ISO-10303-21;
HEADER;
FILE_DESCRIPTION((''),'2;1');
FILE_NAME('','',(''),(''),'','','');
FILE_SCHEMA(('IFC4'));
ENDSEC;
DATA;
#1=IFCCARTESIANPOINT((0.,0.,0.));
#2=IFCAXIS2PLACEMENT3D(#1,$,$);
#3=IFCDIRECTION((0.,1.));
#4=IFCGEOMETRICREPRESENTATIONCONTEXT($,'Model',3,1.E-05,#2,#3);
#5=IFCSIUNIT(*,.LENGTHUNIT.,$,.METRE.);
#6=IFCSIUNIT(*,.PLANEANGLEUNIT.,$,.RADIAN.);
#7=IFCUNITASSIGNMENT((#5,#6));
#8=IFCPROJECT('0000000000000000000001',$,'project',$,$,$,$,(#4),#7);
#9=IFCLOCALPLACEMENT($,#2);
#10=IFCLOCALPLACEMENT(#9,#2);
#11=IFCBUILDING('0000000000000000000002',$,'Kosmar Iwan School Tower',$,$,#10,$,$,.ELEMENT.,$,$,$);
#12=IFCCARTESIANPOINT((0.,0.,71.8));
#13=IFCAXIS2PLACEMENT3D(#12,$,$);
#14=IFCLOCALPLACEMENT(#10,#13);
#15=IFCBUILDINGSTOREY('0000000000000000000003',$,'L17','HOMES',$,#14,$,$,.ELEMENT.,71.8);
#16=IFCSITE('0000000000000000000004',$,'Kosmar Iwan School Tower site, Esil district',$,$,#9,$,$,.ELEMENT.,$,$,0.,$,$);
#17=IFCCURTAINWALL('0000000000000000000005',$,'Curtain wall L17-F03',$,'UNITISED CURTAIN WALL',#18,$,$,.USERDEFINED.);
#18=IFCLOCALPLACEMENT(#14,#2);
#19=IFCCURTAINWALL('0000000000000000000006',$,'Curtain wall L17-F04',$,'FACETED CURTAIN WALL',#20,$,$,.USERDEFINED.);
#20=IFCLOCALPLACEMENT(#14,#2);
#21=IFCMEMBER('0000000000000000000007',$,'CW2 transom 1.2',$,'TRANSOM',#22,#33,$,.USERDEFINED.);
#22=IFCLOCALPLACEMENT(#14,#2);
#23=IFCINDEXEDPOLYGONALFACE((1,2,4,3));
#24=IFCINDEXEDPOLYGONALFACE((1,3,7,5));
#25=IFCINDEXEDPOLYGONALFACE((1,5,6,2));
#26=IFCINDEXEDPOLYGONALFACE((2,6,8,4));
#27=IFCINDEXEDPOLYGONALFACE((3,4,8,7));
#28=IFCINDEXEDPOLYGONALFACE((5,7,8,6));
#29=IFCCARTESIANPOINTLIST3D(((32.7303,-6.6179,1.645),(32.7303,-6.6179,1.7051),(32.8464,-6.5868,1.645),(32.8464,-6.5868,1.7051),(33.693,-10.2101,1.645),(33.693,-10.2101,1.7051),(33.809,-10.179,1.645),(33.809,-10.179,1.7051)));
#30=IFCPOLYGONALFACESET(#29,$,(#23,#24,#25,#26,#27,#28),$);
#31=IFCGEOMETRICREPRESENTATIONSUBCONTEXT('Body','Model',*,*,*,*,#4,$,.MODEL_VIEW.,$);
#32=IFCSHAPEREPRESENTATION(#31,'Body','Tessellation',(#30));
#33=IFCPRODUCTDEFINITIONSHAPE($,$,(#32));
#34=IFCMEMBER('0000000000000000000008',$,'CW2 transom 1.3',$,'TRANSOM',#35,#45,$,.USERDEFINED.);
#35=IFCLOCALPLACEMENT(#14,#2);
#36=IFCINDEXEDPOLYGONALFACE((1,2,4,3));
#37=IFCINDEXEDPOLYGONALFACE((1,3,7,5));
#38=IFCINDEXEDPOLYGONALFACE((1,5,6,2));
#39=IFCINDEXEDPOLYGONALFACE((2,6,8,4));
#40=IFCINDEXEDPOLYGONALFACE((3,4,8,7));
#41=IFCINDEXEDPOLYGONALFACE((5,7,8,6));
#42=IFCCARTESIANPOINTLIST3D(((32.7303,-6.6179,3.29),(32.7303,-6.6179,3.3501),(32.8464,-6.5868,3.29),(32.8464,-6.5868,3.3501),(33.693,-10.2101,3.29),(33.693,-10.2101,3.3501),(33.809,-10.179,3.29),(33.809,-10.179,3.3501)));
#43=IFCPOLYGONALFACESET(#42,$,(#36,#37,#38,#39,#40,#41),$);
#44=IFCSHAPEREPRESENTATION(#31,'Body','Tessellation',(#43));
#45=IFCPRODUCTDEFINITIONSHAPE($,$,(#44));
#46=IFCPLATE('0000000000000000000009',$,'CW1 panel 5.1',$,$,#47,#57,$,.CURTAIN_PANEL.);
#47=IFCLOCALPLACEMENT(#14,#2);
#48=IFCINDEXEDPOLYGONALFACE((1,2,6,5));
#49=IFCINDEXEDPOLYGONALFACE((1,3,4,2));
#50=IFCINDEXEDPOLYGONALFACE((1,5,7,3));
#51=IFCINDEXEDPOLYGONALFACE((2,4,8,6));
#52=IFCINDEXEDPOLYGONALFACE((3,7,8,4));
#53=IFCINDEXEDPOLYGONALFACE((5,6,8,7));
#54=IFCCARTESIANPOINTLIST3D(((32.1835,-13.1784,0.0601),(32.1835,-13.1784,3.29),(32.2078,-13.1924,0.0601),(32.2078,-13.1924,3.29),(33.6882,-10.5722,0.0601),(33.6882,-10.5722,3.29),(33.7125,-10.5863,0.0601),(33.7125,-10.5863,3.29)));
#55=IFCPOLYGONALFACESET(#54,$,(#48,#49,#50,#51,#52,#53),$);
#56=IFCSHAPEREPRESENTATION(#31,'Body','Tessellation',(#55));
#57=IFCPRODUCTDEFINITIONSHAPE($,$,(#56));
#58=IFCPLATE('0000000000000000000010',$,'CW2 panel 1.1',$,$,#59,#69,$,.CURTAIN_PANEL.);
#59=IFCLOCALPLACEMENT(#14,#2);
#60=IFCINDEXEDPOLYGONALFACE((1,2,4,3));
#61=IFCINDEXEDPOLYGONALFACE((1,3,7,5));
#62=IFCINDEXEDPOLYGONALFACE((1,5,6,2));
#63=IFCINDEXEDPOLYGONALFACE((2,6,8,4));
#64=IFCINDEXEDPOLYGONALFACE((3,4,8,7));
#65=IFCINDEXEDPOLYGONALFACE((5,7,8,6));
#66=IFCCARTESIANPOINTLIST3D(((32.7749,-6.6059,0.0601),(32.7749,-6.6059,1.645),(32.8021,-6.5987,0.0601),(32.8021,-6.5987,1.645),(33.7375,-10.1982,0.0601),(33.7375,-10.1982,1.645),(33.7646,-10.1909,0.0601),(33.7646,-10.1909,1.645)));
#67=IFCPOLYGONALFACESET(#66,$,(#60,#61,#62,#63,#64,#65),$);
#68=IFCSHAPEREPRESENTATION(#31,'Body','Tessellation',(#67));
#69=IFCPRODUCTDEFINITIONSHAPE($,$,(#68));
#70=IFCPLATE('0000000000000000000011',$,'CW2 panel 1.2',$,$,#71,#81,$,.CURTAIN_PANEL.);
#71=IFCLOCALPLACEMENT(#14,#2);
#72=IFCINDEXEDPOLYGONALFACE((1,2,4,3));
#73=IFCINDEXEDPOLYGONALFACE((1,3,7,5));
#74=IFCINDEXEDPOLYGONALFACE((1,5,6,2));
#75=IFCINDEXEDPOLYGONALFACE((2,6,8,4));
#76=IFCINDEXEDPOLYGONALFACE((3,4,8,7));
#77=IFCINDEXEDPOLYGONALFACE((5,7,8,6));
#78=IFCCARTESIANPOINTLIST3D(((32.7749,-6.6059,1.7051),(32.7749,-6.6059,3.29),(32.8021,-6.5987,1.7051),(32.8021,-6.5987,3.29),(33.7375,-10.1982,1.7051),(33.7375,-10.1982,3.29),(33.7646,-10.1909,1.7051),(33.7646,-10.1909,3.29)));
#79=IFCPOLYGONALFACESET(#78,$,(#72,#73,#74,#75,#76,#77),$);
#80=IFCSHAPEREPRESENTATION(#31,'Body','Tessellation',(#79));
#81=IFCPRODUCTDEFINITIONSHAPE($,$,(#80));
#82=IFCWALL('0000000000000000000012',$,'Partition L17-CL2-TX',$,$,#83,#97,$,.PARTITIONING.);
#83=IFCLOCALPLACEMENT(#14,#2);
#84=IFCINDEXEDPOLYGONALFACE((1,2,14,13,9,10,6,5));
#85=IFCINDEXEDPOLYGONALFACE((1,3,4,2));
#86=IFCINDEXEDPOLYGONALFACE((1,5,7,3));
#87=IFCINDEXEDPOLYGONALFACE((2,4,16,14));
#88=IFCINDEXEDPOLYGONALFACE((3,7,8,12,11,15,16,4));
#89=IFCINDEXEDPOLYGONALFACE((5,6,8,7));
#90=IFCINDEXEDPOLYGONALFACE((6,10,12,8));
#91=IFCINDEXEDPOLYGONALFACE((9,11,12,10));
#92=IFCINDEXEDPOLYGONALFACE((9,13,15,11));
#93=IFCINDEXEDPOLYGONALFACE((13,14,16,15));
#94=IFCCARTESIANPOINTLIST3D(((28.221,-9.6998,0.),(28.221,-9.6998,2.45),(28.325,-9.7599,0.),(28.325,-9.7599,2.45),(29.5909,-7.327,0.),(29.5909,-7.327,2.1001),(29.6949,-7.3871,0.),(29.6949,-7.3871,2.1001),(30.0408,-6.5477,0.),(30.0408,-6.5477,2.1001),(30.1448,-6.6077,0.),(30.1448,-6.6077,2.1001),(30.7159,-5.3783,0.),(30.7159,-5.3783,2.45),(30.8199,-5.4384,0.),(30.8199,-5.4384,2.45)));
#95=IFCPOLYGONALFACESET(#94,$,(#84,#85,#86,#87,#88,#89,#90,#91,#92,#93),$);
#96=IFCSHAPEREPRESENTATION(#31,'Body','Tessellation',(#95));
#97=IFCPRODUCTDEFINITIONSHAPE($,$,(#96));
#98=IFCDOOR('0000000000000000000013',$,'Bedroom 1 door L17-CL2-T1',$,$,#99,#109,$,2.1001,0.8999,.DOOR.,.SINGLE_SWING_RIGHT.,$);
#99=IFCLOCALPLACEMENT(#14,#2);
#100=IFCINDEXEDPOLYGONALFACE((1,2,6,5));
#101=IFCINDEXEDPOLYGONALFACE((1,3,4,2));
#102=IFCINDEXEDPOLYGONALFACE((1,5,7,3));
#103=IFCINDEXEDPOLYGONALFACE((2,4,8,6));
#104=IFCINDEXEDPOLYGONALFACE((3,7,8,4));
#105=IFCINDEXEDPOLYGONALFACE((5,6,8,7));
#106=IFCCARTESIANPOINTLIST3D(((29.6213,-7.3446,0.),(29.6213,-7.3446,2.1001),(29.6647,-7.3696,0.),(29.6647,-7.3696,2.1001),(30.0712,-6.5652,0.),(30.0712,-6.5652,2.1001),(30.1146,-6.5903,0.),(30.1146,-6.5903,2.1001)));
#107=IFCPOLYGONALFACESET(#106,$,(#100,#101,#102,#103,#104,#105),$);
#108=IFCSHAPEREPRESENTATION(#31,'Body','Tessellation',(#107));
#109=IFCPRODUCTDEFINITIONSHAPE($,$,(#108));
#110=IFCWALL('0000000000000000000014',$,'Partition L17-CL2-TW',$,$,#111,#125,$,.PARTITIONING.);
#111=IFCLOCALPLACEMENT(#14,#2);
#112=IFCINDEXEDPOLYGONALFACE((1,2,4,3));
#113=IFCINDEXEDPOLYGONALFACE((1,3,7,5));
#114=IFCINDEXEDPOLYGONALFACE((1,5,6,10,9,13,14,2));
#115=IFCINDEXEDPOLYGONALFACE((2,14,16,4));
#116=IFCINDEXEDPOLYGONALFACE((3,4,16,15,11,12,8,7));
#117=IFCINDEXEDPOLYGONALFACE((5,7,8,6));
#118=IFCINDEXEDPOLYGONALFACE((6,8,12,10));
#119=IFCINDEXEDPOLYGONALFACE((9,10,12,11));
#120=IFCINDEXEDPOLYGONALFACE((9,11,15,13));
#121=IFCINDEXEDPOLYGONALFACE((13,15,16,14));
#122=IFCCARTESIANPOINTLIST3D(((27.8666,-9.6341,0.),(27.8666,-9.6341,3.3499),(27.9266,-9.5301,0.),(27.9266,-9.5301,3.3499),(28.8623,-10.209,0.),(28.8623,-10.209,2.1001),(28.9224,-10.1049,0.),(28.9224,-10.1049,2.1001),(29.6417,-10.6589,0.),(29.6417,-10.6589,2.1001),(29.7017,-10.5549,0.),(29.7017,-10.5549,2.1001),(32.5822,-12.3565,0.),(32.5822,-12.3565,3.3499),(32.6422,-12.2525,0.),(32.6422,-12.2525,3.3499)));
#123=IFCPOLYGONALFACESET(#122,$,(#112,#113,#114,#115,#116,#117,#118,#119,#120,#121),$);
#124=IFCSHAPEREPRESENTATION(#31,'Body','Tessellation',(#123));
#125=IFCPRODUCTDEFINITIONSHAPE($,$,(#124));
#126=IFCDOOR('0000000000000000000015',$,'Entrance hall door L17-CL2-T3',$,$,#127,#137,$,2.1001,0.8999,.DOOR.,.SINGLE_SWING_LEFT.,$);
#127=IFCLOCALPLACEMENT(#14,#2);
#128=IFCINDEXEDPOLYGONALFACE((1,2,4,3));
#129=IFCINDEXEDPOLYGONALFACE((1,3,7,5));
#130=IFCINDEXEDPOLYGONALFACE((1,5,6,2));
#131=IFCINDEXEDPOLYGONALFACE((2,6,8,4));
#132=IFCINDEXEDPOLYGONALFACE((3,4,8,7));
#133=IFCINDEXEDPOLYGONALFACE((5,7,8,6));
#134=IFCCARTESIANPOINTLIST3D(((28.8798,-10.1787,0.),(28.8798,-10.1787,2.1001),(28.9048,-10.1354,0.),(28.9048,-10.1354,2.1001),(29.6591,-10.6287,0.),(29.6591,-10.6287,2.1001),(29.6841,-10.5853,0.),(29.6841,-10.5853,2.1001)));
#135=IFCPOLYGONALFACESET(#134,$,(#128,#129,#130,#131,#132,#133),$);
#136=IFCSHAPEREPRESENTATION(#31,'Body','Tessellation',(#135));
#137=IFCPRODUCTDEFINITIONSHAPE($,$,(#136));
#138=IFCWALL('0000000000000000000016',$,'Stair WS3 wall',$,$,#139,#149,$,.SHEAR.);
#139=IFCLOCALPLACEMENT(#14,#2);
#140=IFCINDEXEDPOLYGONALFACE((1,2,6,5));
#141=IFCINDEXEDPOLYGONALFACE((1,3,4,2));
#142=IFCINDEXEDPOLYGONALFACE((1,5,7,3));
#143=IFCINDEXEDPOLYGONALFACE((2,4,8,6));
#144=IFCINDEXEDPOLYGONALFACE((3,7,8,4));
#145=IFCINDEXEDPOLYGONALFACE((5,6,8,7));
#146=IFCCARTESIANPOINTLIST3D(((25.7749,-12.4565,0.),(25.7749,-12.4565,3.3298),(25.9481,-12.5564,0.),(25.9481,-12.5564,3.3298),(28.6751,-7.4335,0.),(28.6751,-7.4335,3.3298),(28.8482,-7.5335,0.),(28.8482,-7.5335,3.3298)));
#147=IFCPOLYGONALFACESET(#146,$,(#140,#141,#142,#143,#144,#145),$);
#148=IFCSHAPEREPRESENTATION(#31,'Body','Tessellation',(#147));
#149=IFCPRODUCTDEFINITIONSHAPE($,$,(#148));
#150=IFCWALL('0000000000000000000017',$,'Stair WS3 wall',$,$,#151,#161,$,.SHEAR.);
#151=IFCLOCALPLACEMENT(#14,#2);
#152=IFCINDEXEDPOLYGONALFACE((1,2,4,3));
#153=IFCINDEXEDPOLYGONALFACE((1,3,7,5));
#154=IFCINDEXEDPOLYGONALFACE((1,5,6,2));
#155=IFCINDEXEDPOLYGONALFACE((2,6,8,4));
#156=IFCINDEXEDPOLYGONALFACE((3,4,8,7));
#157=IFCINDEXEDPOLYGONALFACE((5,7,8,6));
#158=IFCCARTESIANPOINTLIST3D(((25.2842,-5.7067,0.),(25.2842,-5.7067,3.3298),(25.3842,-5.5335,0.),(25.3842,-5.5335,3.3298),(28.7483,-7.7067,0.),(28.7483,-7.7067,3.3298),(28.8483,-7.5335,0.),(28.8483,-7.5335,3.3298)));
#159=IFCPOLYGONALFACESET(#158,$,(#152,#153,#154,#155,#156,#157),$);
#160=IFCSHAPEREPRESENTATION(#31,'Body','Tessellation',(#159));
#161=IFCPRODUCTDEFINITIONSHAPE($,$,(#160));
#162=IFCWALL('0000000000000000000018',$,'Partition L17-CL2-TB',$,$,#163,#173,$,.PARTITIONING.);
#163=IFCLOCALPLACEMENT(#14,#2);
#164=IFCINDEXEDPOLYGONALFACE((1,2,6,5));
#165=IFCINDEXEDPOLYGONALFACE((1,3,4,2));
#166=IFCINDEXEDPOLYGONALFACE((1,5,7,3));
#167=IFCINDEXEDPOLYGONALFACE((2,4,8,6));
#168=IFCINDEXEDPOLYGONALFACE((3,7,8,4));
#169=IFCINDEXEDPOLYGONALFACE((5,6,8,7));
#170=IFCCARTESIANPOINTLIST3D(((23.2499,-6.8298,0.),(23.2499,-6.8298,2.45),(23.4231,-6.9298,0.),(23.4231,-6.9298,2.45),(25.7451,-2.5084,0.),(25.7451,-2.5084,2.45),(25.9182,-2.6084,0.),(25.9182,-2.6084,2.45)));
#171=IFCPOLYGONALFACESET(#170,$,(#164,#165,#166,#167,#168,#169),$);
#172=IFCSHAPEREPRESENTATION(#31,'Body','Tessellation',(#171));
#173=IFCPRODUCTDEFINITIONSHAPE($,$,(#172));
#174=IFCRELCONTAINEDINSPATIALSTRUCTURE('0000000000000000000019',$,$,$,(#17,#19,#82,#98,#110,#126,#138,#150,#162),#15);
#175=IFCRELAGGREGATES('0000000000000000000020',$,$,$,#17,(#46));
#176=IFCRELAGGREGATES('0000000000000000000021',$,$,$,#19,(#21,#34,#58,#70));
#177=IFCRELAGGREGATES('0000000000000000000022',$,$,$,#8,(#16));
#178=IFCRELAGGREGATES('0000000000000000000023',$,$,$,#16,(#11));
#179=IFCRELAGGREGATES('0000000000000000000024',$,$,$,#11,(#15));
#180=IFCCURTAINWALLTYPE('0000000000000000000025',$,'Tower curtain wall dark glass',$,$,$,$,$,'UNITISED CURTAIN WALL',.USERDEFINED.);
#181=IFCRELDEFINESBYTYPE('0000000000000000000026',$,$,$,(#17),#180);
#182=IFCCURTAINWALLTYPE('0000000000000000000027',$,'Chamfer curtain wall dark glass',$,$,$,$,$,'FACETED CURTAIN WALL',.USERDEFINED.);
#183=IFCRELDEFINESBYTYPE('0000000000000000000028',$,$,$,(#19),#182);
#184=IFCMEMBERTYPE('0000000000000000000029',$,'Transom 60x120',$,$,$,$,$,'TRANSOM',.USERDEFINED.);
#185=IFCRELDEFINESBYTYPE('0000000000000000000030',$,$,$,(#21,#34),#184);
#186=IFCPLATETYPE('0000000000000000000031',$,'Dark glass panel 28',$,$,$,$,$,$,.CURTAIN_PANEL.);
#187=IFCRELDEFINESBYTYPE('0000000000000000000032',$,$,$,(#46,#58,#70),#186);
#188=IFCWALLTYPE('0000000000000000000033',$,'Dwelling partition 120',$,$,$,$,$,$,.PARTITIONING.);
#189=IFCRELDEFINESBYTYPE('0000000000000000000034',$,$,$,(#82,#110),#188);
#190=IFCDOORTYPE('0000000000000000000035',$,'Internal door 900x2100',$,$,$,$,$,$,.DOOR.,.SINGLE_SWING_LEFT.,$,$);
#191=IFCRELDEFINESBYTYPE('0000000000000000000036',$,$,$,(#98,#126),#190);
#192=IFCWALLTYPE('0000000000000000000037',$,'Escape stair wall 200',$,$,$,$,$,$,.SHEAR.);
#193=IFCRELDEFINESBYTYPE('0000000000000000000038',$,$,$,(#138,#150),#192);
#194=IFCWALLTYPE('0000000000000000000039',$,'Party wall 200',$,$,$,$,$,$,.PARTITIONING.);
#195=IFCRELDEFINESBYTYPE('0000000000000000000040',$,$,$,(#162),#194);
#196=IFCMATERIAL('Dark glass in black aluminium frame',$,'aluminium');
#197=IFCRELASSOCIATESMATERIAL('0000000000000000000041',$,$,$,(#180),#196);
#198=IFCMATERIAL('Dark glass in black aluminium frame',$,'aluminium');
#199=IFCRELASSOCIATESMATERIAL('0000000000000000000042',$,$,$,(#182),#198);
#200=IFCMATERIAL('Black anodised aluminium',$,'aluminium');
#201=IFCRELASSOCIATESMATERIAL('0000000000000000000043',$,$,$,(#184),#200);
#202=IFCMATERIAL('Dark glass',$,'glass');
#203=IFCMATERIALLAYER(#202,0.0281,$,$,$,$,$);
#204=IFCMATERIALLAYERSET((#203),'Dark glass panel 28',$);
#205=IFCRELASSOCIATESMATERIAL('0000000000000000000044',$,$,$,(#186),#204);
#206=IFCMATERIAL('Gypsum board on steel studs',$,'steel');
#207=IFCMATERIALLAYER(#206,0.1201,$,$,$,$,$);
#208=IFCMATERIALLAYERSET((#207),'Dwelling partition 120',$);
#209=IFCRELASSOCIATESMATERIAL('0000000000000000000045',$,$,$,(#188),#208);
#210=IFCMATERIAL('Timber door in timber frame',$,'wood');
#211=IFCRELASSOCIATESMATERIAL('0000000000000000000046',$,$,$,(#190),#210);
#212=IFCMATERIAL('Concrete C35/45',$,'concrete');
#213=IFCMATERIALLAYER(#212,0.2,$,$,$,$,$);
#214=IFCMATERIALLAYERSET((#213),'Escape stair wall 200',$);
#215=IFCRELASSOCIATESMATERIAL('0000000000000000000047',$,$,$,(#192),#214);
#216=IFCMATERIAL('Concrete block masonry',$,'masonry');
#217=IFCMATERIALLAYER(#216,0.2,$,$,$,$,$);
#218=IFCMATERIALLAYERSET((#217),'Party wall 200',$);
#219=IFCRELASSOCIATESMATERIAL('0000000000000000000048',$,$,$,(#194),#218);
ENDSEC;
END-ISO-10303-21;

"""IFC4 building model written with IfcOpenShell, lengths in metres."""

from ifc_helpers import new_model, si_unit, direction, frame, frame_2d, origin, origin_2d, place, context, subcontext, project, spatial, rectangle, extrude, material, layer, layer_set, material_profile, profile_set, type_object, element, fill, aggregate, save


model = new_model("IFC4")

# Units and contexts
model_context = context("Model", 3, precision=1e-05, world=origin(), true_north=direction((0.0, 1.0)))
body_context = subcontext(model_context, "Body", "Model", "MODEL_VIEW")
ifc_project = project(units=[si_unit("LENGTHUNIT", "METRE"), si_unit("PLANEANGLEUNIT", "RADIAN")], contexts=[model_context])

# Site, building, storey
site_placement = place(None, origin())
site = spatial("IfcSite", under=ifc_project, at=site_placement, Name="Kosmar Iwan School Tower site, Esil district", CompositionType="ELEMENT", RefElevation=0.0)
building_placement = place(site_placement, origin())
building = spatial("IfcBuilding", under=site, at=building_placement, Name="Kosmar Iwan School Tower", CompositionType="ELEMENT")
storey_placement = place(building_placement, frame((0.0, 0.0, 71.8)))
storey = spatial("IfcBuildingStorey", under=building, at=storey_placement, Name="L17", Description="HOMES", CompositionType="ELEMENT", Elevation=71.8)

# Curtain wall
ifc_material_1 = material(Name="Dark glass in black aluminium frame", Category="aluminium")
curtain_wall_type_1 = type_object("IfcCurtainWallType", Name="Tower curtain wall dark glass", ElementType="UNITISED CURTAIN WALL", PredefinedType="USERDEFINED", material=ifc_material_1)
curtain_wall_1_placement = place(storey_placement, origin())
curtain_wall_1 = element("IfcCurtainWall", 1, at=curtain_wall_1_placement, inside=storey, type_object=curtain_wall_type_1, Name="Curtain wall L17-F03", ObjectType="UNITISED CURTAIN WALL", PredefinedType="USERDEFINED")

# Curtain wall
ifc_material_2 = material(Name="Dark glass in black aluminium frame", Category="aluminium")
curtain_wall_type_2 = type_object("IfcCurtainWallType", Name="Chamfer curtain wall dark glass", ElementType="FACETED CURTAIN WALL", PredefinedType="USERDEFINED", material=ifc_material_2)
curtain_wall_2_placement = place(storey_placement, origin())
curtain_wall_2 = element("IfcCurtainWall", 2, at=curtain_wall_2_placement, inside=storey, type_object=curtain_wall_type_2, Name="Curtain wall L17-F04", ObjectType="FACETED CURTAIN WALL", PredefinedType="USERDEFINED")

# Members
ifc_material_3 = material(Name="Black anodised aluminium", Category="aluminium")
ifc_material_profile_1 = material_profile(ifc_material_3, rectangle(XDim=0.1201, YDim=0.0601, at=origin_2d()), Name="TRANSOM 60x120")
ifc_profile_set_1 = profile_set([ifc_material_profile_1], Name="Black anodised aluminium")
member_type_1 = type_object("IfcMemberType", Name="Transom 60x120", ElementType="TRANSOM", PredefinedType="USERDEFINED", material=ifc_profile_set_1)
member_1_placement = place(storey_placement, frame((33.751, -10.1946, 1.675), z_axis=(-0.258843, 0.965919, 0.0), x_axis=(-0.965919, -0.258843, 0.0)))
member_1 = element("IfcMember", 3, at=member_1_placement, type_object=member_type_1, Name="CW2 transom 1.2", ObjectType="TRANSOM", PredefinedType="USERDEFINED", context=body_context, shape_type="SweptSolid", body=[
    extrude(rectangle(XDim=0.1201, YDim=0.0601, at=origin_2d()), origin(), (0.0, 0.0, 1.0), 3.719),
])
member_2_placement = place(storey_placement, frame((33.751, -10.1946, 3.3201), z_axis=(-0.258843, 0.965919, 0.0), x_axis=(-0.965919, -0.258843, 0.0)))
member_2 = element("IfcMember", 4, at=member_2_placement, type_object=member_type_1, Name="CW2 transom 1.3", ObjectType="TRANSOM", PredefinedType="USERDEFINED", context=body_context, shape_type="SweptSolid", body=[
    extrude(rectangle(XDim=0.1201, YDim=0.0601, at=origin_2d()), origin(), (0.0, 0.0, 1.0), 3.719),
])

# Plates
ifc_material_4 = material(Name="Dark glass", Category="glass")
ifc_layer_1 = layer(ifc_material_4, 0.0281)
ifc_layer_set_1 = layer_set([ifc_layer_1], Name="Dark glass panel 28")
plate_type = type_object("IfcPlateType", Name="Dark glass panel 28", PredefinedType="CURTAIN_PANEL", material=ifc_layer_set_1)
plate_1_placement = place(storey_placement, frame((32.948, -11.8823, 0.0601), z_axis=(0.0, 0.0, 1.0), x_axis=(0.5, 0.866025, 0.0)))
plate_1 = element("IfcPlate", 5, at=plate_1_placement, type_object=plate_type, Name="CW1 panel 5.1", PredefinedType="CURTAIN_PANEL", context=body_context, shape_type="SweptSolid", body=[
    extrude(rectangle(XDim=3.0093, YDim=0.0281, at=origin_2d()), origin(), (0.0, 0.0, 1.0), 3.23),
])
aggregate(curtain_wall_1, [plate_1])
plate_2_placement = place(storey_placement, frame((33.2698, -8.3984, 0.0601), z_axis=(0.0, 0.0, 1.0), x_axis=(-0.258819, 0.965926, 0.0)))
plate_2 = element("IfcPlate", 6, at=plate_2_placement, type_object=plate_type, Name="CW2 panel 1.1", PredefinedType="CURTAIN_PANEL", context=body_context, shape_type="SweptSolid", body=[
    extrude(rectangle(XDim=3.719, YDim=0.0281, at=origin_2d()), origin(), (0.0, 0.0, 1.0), 1.585),
])
plate_3_placement = place(storey_placement, frame((33.2698, -8.3984, 1.7051), z_axis=(0.0, 0.0, 1.0), x_axis=(-0.258819, 0.965926, 0.0)))
plate_3 = element("IfcPlate", 7, at=plate_3_placement, type_object=plate_type, Name="CW2 panel 1.2", PredefinedType="CURTAIN_PANEL", context=body_context, shape_type="SweptSolid", body=[
    extrude(rectangle(XDim=3.719, YDim=0.0281, at=origin_2d()), origin(), (0.0, 0.0, 1.0), 1.585),
])
aggregate(curtain_wall_2, [member_1, member_2, plate_2, plate_3])

# Walls, openings, doors
ifc_material_5 = material(Name="Gypsum board on steel studs", Category="steel")
ifc_layer_2 = layer(ifc_material_5, 0.1201)
ifc_layer_set_2 = layer_set([ifc_layer_2], Name="Dwelling partition 120")
wall_type_1 = type_object("IfcWallType", Name="Dwelling partition 120", PredefinedType="PARTITIONING", material=ifc_layer_set_2)
wall_1_placement = place(storey_placement, frame((28.2729, -9.73, 0.0), z_axis=(0.0, 0.0, 1.0), x_axis=(0.499975, 0.86604, 0.0)))
wall_1 = element("IfcWall", 8, at=wall_1_placement, inside=storey, type_object=wall_type_1, Name="Partition L17-CL2-TX", PredefinedType="PARTITIONING", context=body_context, shape_type="SweptSolid", body=[
    extrude(rectangle(XDim=4.99, YDim=0.1201, at=frame_2d((2.4951, 0.0))), origin(), (0.0, 0.0, 1.0), 2.45),
])
opening_1_placement = place(wall_1_placement, frame((2.74, 0.0, 0.0)))
opening_1 = element("IfcOpeningElement", 9, at=opening_1_placement, cuts=wall_1, PredefinedType="OPENING", context=body_context, shape_type="SweptSolid", body=[
    extrude(rectangle(XDim=0.8999, YDim=2.1001, at=frame_2d((0.45, 1.05))), frame((0.0, 0.072, 0.0), z_axis=(0.0, -1.0, 0.0), x_axis=(1.0, 0.0, 0.0)), (0.0, 0.0, 1.0), 0.144),
])
ifc_material_6 = material(Name="Timber door in timber frame", Category="wood")
door_type = type_object("IfcDoorType", Name="Internal door 900x2100", OperationType="SINGLE_SWING_LEFT", PredefinedType="DOOR", material=ifc_material_6)
door_1_placement = place(opening_1_placement, origin())
door_1 = element("IfcDoor", 10, at=door_1_placement, inside=storey, type_object=door_type, Name="Bedroom 1 door L17-CL2-T1", OperationType="SINGLE_SWING_RIGHT", OverallHeight=2.1001, OverallWidth=0.8999, PredefinedType="DOOR", context=body_context, shape_type="SweptSolid", body=[
    extrude(rectangle(XDim=0.8999, YDim=2.1001, at=frame_2d((0.45, 1.05))), frame((0.0, 0.0249, 0.0), z_axis=(0.0, -1.0, 0.0), x_axis=(1.0, 0.0, 0.0)), (0.0, 0.0, 1.0), 0.05),
])
fill(opening_1, door_1)
wall_2_placement = place(storey_placement, frame((27.8965, -9.582, 0.0), z_axis=(0.0, 0.0, 1.0), x_axis=(0.866036, -0.499982, 0.0)))
wall_2 = element("IfcWall", 11, at=wall_2_placement, inside=storey, type_object=wall_type_1, Name="Partition L17-CL2-TW", PredefinedType="PARTITIONING", context=body_context, shape_type="SweptSolid", body=[
    extrude(rectangle(XDim=5.4451, YDim=0.1201, at=frame_2d((2.7227, 0.0))), origin(), (0.0, 0.0, 1.0), 3.3499),
])
opening_2_placement = place(wall_2_placement, frame((1.1499, 0.0, 0.0)))
opening_2 = element("IfcOpeningElement", 12, at=opening_2_placement, cuts=wall_2, PredefinedType="OPENING", context=body_context, shape_type="SweptSolid", body=[
    extrude(rectangle(XDim=0.8999, YDim=2.1001, at=frame_2d((0.45, 1.05))), frame((0.0, 0.072, 0.0), z_axis=(0.0, -1.0, 0.0), x_axis=(1.0, 0.0, 0.0)), (0.0, 0.0, 1.0), 0.144),
])
door_2_placement = place(opening_2_placement, origin())
door_2 = element("IfcDoor", 13, at=door_2_placement, inside=storey, type_object=door_type, Name="Entrance hall door L17-CL2-T3", OperationType="SINGLE_SWING_LEFT", OverallHeight=2.1001, OverallWidth=0.8999, PredefinedType="DOOR", context=body_context, shape_type="SweptSolid", body=[
    extrude(rectangle(XDim=0.8999, YDim=2.1001, at=frame_2d((0.45, 1.05))), frame((0.0, 0.0249, 0.0), z_axis=(0.0, -1.0, 0.0), x_axis=(1.0, 0.0, 0.0)), (0.0, 0.0, 1.0), 0.05),
])
fill(opening_2, door_2)

# Walls
ifc_material_7 = material(Name="Concrete C35/45", Category="concrete")
ifc_layer_3 = layer(ifc_material_7, 0.2)
ifc_layer_set_3 = layer_set([ifc_layer_3], Name="Escape stair wall 200")
wall_type_2 = type_object("IfcWallType", Name="Escape stair wall 200", PredefinedType="SHEAR", material=ifc_layer_set_3)
wall_3_placement = place(storey_placement, frame((25.8616, -12.5063, 0.0), z_axis=(0.0, 0.0, 1.0), x_axis=(0.500019, 0.866015, 0.0)))
element("IfcWall", 14, at=wall_3_placement, inside=storey, type_object=wall_type_2, Name="Stair WS3 wall", PredefinedType="SHEAR", context=body_context, shape_type="SweptSolid", body=[
    extrude(rectangle(XDim=5.8, YDim=0.2, at=frame_2d((2.8999, 0.0))), origin(), (0.0, 0.0, 1.0), 3.3298),
])
wall_4_placement = place(storey_placement, frame((25.3342, -5.6201, 0.0), z_axis=(0.0, 0.0, 1.0), x_axis=(0.866026, -0.499999, 0.0)))
element("IfcWall", 15, at=wall_4_placement, inside=storey, type_object=wall_type_2, Name="Stair WS3 wall", PredefinedType="SHEAR", context=body_context, shape_type="SweptSolid", body=[
    extrude(rectangle(XDim=4.0, YDim=0.2, at=frame_2d((2.0, 0.0))), origin(), (0.0, 0.0, 1.0), 3.3298),
])
ifc_material_8 = material(Name="Concrete block masonry", Category="masonry")
ifc_layer_4 = layer(ifc_material_8, 0.2)
ifc_layer_set_4 = layer_set([ifc_layer_4], Name="Party wall 200")
wall_type_3 = type_object("IfcWallType", Name="Party wall 200", PredefinedType="PARTITIONING", material=ifc_layer_set_4)
wall_5_placement = place(storey_placement, frame((23.3364, -6.8799, 0.0), z_axis=(0.0, 0.0, 1.0), x_axis=(0.500033, 0.866006, 0.0)))
element("IfcWall", 16, at=wall_5_placement, inside=storey, type_object=wall_type_3, Name="Partition L17-CL2-TB", PredefinedType="PARTITIONING", context=body_context, shape_type="SweptSolid", body=[
    extrude(rectangle(XDim=4.99, YDim=0.2, at=frame_2d((2.4951, 0.0))), origin(), (0.0, 0.0, 1.0), 2.45),
])

save(model, "model.ifc")
